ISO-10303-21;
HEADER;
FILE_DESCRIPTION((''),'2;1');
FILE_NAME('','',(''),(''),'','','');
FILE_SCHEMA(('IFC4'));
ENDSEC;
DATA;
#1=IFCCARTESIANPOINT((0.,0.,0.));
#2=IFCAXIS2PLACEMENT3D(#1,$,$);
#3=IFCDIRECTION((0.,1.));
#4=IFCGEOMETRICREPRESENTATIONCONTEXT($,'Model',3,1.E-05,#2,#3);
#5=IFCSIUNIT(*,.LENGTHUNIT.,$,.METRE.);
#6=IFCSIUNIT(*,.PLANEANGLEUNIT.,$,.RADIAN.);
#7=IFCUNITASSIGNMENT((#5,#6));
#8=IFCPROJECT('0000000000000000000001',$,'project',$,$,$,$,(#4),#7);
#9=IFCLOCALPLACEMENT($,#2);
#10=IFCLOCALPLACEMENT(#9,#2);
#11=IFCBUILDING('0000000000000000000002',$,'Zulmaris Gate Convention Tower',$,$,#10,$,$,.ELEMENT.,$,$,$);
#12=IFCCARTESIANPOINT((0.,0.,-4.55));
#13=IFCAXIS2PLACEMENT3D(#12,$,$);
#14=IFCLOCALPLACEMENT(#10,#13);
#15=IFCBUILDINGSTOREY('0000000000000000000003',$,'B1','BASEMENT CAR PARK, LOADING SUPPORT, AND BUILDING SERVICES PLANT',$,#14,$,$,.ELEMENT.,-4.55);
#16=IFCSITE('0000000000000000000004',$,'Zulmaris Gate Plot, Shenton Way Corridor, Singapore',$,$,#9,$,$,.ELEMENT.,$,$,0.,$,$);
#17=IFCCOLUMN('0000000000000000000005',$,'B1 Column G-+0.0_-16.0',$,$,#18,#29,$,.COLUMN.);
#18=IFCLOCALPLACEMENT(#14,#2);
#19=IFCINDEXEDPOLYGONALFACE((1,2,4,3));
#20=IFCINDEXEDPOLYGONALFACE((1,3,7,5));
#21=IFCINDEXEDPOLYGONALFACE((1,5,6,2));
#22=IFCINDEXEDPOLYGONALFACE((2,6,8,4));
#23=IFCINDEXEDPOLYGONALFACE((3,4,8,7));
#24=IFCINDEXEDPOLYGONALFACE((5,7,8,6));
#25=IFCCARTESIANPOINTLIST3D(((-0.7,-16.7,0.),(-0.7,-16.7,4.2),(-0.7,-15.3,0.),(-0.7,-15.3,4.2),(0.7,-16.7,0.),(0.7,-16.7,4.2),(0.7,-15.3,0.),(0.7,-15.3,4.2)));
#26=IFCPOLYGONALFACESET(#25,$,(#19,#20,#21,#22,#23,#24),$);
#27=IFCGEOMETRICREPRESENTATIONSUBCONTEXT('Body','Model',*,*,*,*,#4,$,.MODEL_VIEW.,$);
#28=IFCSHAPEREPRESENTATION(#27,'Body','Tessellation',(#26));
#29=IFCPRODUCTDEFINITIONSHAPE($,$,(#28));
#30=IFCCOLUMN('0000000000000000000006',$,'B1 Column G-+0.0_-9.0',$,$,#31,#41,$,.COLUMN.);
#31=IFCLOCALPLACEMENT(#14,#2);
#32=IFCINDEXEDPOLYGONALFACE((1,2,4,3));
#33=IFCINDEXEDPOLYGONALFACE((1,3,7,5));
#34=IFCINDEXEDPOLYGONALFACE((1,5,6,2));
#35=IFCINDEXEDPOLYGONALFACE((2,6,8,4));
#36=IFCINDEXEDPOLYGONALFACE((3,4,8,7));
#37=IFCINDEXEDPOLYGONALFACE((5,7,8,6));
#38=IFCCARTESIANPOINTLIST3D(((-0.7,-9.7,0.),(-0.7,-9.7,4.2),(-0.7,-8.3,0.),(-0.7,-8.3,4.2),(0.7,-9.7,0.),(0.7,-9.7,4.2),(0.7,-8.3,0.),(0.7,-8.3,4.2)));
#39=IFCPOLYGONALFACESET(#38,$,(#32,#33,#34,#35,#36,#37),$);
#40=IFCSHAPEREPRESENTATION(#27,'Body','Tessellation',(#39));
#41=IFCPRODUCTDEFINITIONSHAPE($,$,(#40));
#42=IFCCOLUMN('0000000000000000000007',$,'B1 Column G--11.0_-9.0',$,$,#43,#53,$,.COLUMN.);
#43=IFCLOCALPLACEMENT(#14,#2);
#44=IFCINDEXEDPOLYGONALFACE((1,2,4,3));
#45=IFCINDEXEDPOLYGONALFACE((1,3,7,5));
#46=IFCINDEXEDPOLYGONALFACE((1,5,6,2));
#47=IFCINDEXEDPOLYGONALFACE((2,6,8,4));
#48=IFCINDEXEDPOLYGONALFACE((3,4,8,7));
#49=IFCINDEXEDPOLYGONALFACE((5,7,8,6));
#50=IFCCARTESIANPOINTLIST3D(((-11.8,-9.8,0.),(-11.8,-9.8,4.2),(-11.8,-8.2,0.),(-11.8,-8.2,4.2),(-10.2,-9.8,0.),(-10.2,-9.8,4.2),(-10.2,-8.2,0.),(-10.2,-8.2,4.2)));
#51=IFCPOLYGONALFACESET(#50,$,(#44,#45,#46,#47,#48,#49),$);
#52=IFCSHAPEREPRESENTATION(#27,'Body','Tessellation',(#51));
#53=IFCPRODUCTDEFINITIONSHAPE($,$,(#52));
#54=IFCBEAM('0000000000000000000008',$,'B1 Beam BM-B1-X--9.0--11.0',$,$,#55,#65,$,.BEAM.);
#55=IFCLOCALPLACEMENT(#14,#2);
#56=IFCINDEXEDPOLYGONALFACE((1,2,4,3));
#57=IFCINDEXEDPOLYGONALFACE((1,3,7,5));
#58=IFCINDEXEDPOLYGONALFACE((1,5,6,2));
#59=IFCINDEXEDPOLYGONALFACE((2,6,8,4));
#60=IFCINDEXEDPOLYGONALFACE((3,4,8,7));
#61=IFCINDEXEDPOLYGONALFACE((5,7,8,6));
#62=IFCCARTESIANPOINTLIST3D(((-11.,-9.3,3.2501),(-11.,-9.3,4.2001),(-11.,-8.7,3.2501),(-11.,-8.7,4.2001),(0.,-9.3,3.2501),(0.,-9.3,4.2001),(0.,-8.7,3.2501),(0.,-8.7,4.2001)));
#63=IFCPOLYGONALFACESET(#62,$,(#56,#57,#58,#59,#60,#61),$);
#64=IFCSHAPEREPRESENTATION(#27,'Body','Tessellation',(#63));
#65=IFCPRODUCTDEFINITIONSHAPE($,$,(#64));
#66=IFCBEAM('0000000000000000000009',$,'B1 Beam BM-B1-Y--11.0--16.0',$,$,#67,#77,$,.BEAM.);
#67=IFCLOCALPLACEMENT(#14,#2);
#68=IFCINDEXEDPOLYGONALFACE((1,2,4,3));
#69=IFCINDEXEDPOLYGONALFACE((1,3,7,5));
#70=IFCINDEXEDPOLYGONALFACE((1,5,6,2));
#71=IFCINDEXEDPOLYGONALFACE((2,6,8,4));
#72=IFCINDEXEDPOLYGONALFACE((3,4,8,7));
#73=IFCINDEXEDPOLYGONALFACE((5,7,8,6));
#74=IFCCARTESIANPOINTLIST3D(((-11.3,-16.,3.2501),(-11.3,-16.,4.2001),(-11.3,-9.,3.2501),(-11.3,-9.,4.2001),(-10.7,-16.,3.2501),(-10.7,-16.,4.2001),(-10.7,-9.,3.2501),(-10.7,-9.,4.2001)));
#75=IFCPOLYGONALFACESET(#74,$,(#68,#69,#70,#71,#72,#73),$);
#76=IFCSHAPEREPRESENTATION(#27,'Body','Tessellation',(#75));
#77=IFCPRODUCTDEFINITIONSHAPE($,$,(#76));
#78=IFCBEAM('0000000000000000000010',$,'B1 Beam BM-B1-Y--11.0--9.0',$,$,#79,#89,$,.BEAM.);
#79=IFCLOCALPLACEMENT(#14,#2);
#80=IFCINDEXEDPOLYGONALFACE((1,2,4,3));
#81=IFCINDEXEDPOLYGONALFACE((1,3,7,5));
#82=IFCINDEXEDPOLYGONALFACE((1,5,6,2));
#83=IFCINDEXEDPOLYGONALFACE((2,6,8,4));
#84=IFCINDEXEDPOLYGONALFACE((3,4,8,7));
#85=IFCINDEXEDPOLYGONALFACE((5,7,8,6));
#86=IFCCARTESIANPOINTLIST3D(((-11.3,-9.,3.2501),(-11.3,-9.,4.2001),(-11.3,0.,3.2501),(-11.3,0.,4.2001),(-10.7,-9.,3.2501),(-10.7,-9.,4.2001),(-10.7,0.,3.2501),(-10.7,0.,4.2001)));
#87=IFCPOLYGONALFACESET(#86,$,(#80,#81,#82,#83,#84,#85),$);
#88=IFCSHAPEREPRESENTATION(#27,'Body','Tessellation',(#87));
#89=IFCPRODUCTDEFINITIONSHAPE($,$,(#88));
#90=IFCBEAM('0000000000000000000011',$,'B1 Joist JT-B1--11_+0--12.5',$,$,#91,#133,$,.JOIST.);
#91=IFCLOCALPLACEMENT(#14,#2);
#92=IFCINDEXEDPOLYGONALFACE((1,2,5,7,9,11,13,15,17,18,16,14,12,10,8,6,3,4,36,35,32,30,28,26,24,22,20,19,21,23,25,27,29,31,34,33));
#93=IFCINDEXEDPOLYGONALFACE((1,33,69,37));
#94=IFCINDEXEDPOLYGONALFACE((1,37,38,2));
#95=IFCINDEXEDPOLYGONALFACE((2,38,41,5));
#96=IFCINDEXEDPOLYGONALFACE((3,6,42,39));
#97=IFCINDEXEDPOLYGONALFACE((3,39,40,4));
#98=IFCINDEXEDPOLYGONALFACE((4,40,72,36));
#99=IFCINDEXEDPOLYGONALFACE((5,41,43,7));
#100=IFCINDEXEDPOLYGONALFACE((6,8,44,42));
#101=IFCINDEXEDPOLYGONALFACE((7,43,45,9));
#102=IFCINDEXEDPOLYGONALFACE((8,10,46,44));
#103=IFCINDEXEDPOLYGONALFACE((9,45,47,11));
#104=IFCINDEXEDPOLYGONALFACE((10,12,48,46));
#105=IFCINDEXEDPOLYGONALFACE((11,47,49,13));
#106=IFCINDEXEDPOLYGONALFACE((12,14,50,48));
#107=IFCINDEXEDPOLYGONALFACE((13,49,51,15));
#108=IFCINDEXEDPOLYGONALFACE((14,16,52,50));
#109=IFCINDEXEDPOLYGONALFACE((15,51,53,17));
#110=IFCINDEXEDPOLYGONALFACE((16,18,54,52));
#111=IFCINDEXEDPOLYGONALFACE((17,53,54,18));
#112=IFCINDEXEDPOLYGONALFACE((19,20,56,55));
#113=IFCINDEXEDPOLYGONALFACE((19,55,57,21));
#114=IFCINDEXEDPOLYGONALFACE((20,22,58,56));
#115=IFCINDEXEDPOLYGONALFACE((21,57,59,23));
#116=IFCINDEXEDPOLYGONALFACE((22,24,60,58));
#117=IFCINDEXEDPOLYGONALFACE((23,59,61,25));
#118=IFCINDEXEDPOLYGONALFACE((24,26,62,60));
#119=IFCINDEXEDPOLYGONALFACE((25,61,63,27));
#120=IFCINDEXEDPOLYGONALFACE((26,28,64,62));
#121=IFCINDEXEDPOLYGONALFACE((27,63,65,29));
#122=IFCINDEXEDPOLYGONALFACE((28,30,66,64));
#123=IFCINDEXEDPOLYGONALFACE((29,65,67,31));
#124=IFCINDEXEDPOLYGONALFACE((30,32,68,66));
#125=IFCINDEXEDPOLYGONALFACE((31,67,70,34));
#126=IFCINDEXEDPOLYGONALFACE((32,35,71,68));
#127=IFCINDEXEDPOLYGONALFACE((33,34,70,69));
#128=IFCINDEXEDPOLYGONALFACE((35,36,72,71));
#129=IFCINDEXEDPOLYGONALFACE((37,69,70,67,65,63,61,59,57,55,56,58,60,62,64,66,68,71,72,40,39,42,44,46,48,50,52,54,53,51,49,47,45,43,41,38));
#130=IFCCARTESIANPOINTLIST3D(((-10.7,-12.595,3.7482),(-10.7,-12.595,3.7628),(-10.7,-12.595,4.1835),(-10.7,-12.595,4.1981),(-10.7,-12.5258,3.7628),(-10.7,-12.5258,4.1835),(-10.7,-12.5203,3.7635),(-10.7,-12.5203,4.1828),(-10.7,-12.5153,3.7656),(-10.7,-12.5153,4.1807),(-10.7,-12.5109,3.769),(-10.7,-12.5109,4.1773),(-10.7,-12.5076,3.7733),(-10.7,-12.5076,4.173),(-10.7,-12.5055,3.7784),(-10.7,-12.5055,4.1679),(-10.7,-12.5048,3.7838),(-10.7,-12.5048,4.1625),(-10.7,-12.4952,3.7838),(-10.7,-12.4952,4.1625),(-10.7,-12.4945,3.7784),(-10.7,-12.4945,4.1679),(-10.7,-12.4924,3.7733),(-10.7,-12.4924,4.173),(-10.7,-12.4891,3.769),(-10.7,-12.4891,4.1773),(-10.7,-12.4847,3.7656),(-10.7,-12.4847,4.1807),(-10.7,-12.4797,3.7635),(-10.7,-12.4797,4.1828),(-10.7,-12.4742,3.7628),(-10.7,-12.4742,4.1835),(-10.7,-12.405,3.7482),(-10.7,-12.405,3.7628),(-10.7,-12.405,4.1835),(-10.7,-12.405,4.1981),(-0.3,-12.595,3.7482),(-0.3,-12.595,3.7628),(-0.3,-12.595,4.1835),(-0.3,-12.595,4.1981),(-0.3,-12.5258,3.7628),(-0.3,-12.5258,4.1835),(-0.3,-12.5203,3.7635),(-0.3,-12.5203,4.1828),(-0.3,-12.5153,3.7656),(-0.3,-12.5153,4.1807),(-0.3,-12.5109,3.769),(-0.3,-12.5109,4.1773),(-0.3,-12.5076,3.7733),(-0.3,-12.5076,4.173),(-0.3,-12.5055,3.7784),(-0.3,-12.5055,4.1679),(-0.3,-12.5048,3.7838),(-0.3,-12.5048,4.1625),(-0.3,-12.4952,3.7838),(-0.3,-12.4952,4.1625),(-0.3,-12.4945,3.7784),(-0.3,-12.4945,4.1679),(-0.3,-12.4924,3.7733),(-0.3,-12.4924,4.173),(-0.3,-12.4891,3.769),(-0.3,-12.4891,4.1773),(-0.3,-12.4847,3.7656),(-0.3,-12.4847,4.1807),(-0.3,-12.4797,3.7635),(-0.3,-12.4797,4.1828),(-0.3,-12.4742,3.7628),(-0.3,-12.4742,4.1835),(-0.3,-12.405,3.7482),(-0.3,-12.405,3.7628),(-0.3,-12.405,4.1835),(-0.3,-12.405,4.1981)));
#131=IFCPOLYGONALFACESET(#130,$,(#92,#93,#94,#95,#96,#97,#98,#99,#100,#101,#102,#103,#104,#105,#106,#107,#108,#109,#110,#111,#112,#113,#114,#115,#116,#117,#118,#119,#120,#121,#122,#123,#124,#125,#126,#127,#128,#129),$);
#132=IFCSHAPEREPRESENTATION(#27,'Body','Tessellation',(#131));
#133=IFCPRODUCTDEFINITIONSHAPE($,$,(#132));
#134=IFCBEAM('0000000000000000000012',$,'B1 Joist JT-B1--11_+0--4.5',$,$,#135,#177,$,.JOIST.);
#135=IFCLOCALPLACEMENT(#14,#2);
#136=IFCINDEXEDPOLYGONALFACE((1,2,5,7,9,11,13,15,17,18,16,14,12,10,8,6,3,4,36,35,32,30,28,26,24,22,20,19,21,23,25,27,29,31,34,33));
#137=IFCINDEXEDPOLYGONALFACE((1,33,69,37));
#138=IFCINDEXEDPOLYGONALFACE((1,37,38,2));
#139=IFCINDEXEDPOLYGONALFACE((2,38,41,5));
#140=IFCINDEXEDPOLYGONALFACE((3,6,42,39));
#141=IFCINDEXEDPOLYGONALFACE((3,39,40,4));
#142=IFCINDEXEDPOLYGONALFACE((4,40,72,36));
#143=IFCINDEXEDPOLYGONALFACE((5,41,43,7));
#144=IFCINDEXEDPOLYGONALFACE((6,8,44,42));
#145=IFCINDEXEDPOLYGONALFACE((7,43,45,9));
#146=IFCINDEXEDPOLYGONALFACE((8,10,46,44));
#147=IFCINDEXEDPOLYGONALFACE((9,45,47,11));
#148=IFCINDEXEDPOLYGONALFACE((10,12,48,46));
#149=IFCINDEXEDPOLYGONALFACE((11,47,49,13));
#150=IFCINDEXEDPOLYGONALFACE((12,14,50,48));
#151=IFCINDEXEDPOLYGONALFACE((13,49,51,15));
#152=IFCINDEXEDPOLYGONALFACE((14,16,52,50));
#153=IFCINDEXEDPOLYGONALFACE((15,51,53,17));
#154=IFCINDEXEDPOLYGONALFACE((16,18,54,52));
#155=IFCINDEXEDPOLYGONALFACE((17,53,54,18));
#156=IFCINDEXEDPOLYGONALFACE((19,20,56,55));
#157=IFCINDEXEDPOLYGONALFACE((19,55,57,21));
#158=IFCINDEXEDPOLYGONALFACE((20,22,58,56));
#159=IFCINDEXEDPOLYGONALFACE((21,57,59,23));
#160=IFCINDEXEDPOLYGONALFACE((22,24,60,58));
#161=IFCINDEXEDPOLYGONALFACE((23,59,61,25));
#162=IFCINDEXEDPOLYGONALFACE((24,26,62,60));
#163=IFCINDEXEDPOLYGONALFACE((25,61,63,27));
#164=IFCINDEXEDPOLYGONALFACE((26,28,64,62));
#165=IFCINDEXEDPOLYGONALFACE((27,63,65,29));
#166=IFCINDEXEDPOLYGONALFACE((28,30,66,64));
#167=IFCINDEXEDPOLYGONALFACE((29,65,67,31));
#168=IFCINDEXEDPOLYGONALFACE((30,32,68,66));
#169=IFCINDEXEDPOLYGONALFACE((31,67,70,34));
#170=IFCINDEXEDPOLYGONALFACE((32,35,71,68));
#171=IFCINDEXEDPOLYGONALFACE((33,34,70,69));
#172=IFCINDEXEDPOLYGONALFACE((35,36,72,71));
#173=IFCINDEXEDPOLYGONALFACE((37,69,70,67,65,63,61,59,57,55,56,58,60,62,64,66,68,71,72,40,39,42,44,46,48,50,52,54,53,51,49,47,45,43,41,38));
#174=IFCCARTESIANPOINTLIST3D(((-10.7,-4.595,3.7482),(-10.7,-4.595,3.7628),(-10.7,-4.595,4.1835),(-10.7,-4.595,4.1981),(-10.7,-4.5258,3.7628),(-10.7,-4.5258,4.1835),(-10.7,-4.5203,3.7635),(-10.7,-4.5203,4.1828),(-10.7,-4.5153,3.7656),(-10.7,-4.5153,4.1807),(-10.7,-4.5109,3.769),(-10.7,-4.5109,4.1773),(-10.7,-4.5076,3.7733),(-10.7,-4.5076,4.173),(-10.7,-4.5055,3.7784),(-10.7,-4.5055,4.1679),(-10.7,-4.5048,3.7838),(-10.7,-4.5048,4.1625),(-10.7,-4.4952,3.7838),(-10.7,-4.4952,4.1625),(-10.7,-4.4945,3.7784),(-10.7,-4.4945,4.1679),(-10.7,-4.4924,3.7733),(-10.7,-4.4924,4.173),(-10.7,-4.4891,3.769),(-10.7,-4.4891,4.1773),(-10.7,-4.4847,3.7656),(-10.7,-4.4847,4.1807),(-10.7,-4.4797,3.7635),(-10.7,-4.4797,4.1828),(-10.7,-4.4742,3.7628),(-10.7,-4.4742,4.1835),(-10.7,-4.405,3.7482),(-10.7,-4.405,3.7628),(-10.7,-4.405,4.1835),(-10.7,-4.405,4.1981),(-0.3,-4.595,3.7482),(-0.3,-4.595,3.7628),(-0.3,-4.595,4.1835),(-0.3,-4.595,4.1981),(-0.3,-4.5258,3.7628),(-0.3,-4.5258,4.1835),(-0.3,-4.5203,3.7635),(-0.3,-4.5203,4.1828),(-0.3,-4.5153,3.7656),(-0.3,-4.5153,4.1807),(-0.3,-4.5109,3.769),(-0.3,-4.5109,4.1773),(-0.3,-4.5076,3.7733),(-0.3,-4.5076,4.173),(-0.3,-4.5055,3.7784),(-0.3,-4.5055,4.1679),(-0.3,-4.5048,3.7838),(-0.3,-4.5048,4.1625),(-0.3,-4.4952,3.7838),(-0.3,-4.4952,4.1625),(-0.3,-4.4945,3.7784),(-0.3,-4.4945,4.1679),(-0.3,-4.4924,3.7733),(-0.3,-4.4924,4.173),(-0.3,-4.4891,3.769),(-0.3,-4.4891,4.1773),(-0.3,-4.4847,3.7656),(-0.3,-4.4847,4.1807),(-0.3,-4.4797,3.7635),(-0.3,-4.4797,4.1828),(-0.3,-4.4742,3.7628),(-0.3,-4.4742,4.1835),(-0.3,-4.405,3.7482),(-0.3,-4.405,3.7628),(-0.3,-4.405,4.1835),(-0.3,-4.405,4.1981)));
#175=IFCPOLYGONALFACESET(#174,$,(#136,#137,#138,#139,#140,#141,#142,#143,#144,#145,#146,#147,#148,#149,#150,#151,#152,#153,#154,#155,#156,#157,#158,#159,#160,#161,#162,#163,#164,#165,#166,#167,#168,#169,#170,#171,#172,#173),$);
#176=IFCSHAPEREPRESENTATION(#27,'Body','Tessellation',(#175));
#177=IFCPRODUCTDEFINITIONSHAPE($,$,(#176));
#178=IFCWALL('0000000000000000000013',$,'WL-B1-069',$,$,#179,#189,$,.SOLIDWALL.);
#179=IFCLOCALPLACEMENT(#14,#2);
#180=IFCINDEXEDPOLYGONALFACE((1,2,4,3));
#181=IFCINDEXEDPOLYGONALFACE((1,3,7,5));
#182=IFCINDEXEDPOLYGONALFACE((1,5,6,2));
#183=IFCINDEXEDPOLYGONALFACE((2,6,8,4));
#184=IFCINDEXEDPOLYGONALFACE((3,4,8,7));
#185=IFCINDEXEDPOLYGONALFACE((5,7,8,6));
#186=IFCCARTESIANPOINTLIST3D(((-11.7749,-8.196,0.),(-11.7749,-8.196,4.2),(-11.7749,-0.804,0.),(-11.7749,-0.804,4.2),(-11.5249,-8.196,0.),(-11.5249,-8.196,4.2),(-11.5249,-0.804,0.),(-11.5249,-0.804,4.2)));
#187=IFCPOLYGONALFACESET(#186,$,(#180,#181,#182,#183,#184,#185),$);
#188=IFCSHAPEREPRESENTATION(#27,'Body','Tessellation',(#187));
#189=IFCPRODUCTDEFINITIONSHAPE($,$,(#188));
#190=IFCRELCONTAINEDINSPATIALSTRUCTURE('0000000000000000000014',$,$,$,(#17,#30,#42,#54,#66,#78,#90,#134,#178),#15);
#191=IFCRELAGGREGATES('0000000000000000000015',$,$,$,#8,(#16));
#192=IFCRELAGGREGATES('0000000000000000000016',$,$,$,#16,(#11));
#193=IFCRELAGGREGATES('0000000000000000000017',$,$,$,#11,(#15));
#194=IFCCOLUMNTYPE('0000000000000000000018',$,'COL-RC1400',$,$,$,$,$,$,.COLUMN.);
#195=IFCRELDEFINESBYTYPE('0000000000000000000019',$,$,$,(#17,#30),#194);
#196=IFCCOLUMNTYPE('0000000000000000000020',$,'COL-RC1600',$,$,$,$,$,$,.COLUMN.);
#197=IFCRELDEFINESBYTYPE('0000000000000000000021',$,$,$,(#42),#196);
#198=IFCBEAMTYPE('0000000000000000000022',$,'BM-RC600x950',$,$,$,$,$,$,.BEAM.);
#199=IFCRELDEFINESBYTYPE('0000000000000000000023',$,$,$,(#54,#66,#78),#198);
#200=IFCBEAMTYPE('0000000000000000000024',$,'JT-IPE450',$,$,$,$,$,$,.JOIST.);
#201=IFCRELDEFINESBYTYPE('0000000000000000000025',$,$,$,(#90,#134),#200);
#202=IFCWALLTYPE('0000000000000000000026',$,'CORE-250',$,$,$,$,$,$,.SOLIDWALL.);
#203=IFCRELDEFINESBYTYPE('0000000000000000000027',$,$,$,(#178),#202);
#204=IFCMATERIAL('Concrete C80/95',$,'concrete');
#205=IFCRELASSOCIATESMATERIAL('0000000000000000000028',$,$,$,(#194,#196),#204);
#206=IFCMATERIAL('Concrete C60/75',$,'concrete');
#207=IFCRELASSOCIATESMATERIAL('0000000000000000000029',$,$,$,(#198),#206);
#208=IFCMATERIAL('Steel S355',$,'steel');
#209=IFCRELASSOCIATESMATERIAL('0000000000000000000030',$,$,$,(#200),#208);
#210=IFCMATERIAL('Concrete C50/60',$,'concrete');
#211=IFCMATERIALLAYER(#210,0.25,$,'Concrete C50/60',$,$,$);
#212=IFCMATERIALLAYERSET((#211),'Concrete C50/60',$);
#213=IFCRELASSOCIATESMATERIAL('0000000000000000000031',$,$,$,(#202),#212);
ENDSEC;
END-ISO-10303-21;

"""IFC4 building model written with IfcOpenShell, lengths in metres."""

from ifc_helpers import new_model, si_unit, direction, frame, frame_2d, origin, origin_2d, place, context, subcontext, project, spatial, rectangle, i_section, extrude, material, layer, layer_set, material_profile, profile_set, type_object, element, save


model = new_model("IFC4")

# Units and contexts
model_context = context("Model", 3, precision=1e-05, world=origin(), true_north=direction((0.0, 1.0)))
body_context = subcontext(model_context, "Body", "Model", "MODEL_VIEW")
ifc_project = project(units=[si_unit("LENGTHUNIT", "METRE"), si_unit("PLANEANGLEUNIT", "RADIAN")], contexts=[model_context])

# Site, building, storey
site_placement = place(None, origin())
site = spatial("IfcSite", under=ifc_project, at=site_placement, Name="Zulmaris Gate Plot, Shenton Way Corridor, Singapore", CompositionType="ELEMENT", RefElevation=0.0)
building_placement = place(site_placement, origin())
building = spatial("IfcBuilding", under=site, at=building_placement, Name="Zulmaris Gate Convention Tower", CompositionType="ELEMENT")
storey_placement = place(building_placement, frame((0.0, 0.0, -4.55)))
storey = spatial("IfcBuildingStorey", under=building, at=storey_placement, Name="B1", Description="BASEMENT CAR PARK, LOADING SUPPORT, AND BUILDING SERVICES PLANT", CompositionType="ELEMENT", Elevation=-4.55)

# Columns
ifc_material_1 = material(Name="Concrete C80/95", Category="concrete")
ifc_material_profile_1 = material_profile(ifc_material_1, rectangle(XDim=1.3999, YDim=1.3999, at=origin_2d()), Name="RC COL 1400x1400")
ifc_profile_set_1 = profile_set([ifc_material_profile_1], Name="Concrete C80/95")
column_type_1 = type_object("IfcColumnType", Name="COL-RC1400", PredefinedType="COLUMN", material=ifc_profile_set_1)
for number, where, z_axis, x_axis, name in (
    (1, (0.0, -16.0, 0.0), (0.0, 0.0, 1.0), (1.0, 0.0, 0.0), "B1 Column G-+0.0_-16.0"),
    (2, (0.0, -9.0, 0.0), (0.0, 0.0, 1.0), (1.0, 0.0, 0.0), "B1 Column G-+0.0_-9.0"),
):
    element("IfcColumn", number, at=place(storey_placement, frame(where, z_axis=z_axis, x_axis=x_axis)), inside=storey, type_object=column_type_1, Name=name, PredefinedType="COLUMN", context=body_context, shape_type="SweptSolid", body=[
        extrude(rectangle(XDim=1.3999, YDim=1.3999, at=origin_2d()), origin(), (0.0, 0.0, 1.0), 4.2),
    ])
ifc_material_profile_2 = material_profile(ifc_material_1, rectangle(XDim=1.6001, YDim=1.6001, at=origin_2d()), Name="RC COL 1600x1600")
ifc_profile_set_2 = profile_set([ifc_material_profile_2], Name="Concrete C80/95")
column_type_2 = type_object("IfcColumnType", Name="COL-RC1600", PredefinedType="COLUMN", material=ifc_profile_set_2)
column_placement = place(storey_placement, frame((-11.0, -9.0, 0.0), z_axis=(0.0, 0.0, 1.0), x_axis=(1.0, 0.0, 0.0)))
element("IfcColumn", 3, at=column_placement, inside=storey, type_object=column_type_2, Name="B1 Column G--11.0_-9.0", PredefinedType="COLUMN", context=body_context, shape_type="SweptSolid", body=[
    extrude(rectangle(XDim=1.6001, YDim=1.6001, at=origin_2d()), origin(), (0.0, 0.0, 1.0), 4.2),
])

# Beams
ifc_material_2 = material(Name="Concrete C60/75", Category="concrete")
ifc_material_profile_3 = material_profile(ifc_material_2, rectangle(XDim=0.6001, YDim=0.95, at=origin_2d()), Name="RC BEAM 600x950")
ifc_profile_set_3 = profile_set([ifc_material_profile_3], Name="Concrete C60/75")
beam_type_1 = type_object("IfcBeamType", Name="BM-RC600x950", PredefinedType="BEAM", material=ifc_profile_set_3)
beam_1_placement = place(storey_placement, frame((-11.0, -9.0, 3.7251), z_axis=(1.0, 0.0, 0.0), x_axis=(0.0, 1.0, 0.0)))
element("IfcBeam", 4, at=beam_1_placement, inside=storey, type_object=beam_type_1, Name="B1 Beam BM-B1-X--9.0--11.0", PredefinedType="BEAM", context=body_context, shape_type="SweptSolid", body=[
    extrude(rectangle(XDim=0.6001, YDim=0.95, at=origin_2d()), origin(), (0.0, 0.0, 1.0), 11.0),
])
beam_2_placement = place(storey_placement, frame((-11.0, -16.0, 3.7251), z_axis=(0.0, 1.0, 0.0), x_axis=(-1.0, 0.0, 0.0)))
element("IfcBeam", 5, at=beam_2_placement, inside=storey, type_object=beam_type_1, Name="B1 Beam BM-B1-Y--11.0--16.0", PredefinedType="BEAM", context=body_context, shape_type="SweptSolid", body=[
    extrude(rectangle(XDim=0.6001, YDim=0.95, at=origin_2d()), origin(), (0.0, 0.0, 1.0), 7.0),
])
beam_3_placement = place(storey_placement, frame((-11.0, -9.0, 3.7251), z_axis=(0.0, 1.0, 0.0), x_axis=(-1.0, 0.0, 0.0)))
element("IfcBeam", 6, at=beam_3_placement, inside=storey, type_object=beam_type_1, Name="B1 Beam BM-B1-Y--11.0--9.0", PredefinedType="BEAM", context=body_context, shape_type="SweptSolid", body=[
    extrude(rectangle(XDim=0.6001, YDim=0.95, at=origin_2d()), origin(), (0.0, 0.0, 1.0), 9.0),
])
ifc_material_3 = material(Name="Steel S355", Category="steel")
ifc_material_profile_4 = material_profile(ifc_material_3, i_section(OverallWidth=0.1899, OverallDepth=0.45, WebThickness=0.0095, FlangeThickness=0.0146, FilletRadius=0.021, at=origin_2d()), Name="IPE 450")
ifc_profile_set_4 = profile_set([ifc_material_profile_4], Name="Steel S355")
beam_type_2 = type_object("IfcBeamType", Name="JT-IPE450", PredefinedType="JOIST", material=ifc_profile_set_4)
for number, where, z_axis, x_axis, name in (
    (7, (-10.7, -12.5, 3.9731), (1.0, 0.0, 0.0), (0.0, 1.0, 0.0), "B1 Joist JT-B1--11_+0--12.5"),
    (8, (-10.7, -4.5, 3.9731), (1.0, 0.0, 0.0), (0.0, 1.0, 0.0), "B1 Joist JT-B1--11_+0--4.5"),
):
    element("IfcBeam", number, at=place(storey_placement, frame(where, z_axis=z_axis, x_axis=x_axis)), inside=storey, type_object=beam_type_2, Name=name, PredefinedType="JOIST", context=body_context, shape_type="SweptSolid", body=[
        extrude(i_section(OverallWidth=0.1899, OverallDepth=0.45, WebThickness=0.0095, FlangeThickness=0.0146, FilletRadius=0.021, at=origin_2d()), origin(), (0.0, 0.0, 1.0), 10.3999),
    ])

# Wall
ifc_material_4 = material(Name="Concrete C50/60", Category="concrete")
ifc_layer_1 = layer(ifc_material_4, 0.25, Name="Concrete C50/60")
ifc_layer_set_1 = layer_set([ifc_layer_1], Name="Concrete C50/60")
wall_type_1 = type_object("IfcWallType", Name="CORE-250", PredefinedType="SOLIDWALL", material=ifc_layer_set_1)
wall_1_placement = place(storey_placement, frame((-11.6499, -8.196, 0.0), z_axis=(0.0, 0.0, 1.0), x_axis=(0.0, 1.0, 0.0)))
element("IfcWall", 9, at=wall_1_placement, inside=storey, type_object=wall_type_1, Name="WL-B1-069", PredefinedType="SOLIDWALL", context=body_context, shape_type="SweptSolid", body=[
    extrude(rectangle(XDim=7.3921, YDim=0.25, at=frame_2d((3.696, 0.0))), origin(), (0.0, 0.0, 1.0), 4.2),
])

save(model, "model.ifc")
